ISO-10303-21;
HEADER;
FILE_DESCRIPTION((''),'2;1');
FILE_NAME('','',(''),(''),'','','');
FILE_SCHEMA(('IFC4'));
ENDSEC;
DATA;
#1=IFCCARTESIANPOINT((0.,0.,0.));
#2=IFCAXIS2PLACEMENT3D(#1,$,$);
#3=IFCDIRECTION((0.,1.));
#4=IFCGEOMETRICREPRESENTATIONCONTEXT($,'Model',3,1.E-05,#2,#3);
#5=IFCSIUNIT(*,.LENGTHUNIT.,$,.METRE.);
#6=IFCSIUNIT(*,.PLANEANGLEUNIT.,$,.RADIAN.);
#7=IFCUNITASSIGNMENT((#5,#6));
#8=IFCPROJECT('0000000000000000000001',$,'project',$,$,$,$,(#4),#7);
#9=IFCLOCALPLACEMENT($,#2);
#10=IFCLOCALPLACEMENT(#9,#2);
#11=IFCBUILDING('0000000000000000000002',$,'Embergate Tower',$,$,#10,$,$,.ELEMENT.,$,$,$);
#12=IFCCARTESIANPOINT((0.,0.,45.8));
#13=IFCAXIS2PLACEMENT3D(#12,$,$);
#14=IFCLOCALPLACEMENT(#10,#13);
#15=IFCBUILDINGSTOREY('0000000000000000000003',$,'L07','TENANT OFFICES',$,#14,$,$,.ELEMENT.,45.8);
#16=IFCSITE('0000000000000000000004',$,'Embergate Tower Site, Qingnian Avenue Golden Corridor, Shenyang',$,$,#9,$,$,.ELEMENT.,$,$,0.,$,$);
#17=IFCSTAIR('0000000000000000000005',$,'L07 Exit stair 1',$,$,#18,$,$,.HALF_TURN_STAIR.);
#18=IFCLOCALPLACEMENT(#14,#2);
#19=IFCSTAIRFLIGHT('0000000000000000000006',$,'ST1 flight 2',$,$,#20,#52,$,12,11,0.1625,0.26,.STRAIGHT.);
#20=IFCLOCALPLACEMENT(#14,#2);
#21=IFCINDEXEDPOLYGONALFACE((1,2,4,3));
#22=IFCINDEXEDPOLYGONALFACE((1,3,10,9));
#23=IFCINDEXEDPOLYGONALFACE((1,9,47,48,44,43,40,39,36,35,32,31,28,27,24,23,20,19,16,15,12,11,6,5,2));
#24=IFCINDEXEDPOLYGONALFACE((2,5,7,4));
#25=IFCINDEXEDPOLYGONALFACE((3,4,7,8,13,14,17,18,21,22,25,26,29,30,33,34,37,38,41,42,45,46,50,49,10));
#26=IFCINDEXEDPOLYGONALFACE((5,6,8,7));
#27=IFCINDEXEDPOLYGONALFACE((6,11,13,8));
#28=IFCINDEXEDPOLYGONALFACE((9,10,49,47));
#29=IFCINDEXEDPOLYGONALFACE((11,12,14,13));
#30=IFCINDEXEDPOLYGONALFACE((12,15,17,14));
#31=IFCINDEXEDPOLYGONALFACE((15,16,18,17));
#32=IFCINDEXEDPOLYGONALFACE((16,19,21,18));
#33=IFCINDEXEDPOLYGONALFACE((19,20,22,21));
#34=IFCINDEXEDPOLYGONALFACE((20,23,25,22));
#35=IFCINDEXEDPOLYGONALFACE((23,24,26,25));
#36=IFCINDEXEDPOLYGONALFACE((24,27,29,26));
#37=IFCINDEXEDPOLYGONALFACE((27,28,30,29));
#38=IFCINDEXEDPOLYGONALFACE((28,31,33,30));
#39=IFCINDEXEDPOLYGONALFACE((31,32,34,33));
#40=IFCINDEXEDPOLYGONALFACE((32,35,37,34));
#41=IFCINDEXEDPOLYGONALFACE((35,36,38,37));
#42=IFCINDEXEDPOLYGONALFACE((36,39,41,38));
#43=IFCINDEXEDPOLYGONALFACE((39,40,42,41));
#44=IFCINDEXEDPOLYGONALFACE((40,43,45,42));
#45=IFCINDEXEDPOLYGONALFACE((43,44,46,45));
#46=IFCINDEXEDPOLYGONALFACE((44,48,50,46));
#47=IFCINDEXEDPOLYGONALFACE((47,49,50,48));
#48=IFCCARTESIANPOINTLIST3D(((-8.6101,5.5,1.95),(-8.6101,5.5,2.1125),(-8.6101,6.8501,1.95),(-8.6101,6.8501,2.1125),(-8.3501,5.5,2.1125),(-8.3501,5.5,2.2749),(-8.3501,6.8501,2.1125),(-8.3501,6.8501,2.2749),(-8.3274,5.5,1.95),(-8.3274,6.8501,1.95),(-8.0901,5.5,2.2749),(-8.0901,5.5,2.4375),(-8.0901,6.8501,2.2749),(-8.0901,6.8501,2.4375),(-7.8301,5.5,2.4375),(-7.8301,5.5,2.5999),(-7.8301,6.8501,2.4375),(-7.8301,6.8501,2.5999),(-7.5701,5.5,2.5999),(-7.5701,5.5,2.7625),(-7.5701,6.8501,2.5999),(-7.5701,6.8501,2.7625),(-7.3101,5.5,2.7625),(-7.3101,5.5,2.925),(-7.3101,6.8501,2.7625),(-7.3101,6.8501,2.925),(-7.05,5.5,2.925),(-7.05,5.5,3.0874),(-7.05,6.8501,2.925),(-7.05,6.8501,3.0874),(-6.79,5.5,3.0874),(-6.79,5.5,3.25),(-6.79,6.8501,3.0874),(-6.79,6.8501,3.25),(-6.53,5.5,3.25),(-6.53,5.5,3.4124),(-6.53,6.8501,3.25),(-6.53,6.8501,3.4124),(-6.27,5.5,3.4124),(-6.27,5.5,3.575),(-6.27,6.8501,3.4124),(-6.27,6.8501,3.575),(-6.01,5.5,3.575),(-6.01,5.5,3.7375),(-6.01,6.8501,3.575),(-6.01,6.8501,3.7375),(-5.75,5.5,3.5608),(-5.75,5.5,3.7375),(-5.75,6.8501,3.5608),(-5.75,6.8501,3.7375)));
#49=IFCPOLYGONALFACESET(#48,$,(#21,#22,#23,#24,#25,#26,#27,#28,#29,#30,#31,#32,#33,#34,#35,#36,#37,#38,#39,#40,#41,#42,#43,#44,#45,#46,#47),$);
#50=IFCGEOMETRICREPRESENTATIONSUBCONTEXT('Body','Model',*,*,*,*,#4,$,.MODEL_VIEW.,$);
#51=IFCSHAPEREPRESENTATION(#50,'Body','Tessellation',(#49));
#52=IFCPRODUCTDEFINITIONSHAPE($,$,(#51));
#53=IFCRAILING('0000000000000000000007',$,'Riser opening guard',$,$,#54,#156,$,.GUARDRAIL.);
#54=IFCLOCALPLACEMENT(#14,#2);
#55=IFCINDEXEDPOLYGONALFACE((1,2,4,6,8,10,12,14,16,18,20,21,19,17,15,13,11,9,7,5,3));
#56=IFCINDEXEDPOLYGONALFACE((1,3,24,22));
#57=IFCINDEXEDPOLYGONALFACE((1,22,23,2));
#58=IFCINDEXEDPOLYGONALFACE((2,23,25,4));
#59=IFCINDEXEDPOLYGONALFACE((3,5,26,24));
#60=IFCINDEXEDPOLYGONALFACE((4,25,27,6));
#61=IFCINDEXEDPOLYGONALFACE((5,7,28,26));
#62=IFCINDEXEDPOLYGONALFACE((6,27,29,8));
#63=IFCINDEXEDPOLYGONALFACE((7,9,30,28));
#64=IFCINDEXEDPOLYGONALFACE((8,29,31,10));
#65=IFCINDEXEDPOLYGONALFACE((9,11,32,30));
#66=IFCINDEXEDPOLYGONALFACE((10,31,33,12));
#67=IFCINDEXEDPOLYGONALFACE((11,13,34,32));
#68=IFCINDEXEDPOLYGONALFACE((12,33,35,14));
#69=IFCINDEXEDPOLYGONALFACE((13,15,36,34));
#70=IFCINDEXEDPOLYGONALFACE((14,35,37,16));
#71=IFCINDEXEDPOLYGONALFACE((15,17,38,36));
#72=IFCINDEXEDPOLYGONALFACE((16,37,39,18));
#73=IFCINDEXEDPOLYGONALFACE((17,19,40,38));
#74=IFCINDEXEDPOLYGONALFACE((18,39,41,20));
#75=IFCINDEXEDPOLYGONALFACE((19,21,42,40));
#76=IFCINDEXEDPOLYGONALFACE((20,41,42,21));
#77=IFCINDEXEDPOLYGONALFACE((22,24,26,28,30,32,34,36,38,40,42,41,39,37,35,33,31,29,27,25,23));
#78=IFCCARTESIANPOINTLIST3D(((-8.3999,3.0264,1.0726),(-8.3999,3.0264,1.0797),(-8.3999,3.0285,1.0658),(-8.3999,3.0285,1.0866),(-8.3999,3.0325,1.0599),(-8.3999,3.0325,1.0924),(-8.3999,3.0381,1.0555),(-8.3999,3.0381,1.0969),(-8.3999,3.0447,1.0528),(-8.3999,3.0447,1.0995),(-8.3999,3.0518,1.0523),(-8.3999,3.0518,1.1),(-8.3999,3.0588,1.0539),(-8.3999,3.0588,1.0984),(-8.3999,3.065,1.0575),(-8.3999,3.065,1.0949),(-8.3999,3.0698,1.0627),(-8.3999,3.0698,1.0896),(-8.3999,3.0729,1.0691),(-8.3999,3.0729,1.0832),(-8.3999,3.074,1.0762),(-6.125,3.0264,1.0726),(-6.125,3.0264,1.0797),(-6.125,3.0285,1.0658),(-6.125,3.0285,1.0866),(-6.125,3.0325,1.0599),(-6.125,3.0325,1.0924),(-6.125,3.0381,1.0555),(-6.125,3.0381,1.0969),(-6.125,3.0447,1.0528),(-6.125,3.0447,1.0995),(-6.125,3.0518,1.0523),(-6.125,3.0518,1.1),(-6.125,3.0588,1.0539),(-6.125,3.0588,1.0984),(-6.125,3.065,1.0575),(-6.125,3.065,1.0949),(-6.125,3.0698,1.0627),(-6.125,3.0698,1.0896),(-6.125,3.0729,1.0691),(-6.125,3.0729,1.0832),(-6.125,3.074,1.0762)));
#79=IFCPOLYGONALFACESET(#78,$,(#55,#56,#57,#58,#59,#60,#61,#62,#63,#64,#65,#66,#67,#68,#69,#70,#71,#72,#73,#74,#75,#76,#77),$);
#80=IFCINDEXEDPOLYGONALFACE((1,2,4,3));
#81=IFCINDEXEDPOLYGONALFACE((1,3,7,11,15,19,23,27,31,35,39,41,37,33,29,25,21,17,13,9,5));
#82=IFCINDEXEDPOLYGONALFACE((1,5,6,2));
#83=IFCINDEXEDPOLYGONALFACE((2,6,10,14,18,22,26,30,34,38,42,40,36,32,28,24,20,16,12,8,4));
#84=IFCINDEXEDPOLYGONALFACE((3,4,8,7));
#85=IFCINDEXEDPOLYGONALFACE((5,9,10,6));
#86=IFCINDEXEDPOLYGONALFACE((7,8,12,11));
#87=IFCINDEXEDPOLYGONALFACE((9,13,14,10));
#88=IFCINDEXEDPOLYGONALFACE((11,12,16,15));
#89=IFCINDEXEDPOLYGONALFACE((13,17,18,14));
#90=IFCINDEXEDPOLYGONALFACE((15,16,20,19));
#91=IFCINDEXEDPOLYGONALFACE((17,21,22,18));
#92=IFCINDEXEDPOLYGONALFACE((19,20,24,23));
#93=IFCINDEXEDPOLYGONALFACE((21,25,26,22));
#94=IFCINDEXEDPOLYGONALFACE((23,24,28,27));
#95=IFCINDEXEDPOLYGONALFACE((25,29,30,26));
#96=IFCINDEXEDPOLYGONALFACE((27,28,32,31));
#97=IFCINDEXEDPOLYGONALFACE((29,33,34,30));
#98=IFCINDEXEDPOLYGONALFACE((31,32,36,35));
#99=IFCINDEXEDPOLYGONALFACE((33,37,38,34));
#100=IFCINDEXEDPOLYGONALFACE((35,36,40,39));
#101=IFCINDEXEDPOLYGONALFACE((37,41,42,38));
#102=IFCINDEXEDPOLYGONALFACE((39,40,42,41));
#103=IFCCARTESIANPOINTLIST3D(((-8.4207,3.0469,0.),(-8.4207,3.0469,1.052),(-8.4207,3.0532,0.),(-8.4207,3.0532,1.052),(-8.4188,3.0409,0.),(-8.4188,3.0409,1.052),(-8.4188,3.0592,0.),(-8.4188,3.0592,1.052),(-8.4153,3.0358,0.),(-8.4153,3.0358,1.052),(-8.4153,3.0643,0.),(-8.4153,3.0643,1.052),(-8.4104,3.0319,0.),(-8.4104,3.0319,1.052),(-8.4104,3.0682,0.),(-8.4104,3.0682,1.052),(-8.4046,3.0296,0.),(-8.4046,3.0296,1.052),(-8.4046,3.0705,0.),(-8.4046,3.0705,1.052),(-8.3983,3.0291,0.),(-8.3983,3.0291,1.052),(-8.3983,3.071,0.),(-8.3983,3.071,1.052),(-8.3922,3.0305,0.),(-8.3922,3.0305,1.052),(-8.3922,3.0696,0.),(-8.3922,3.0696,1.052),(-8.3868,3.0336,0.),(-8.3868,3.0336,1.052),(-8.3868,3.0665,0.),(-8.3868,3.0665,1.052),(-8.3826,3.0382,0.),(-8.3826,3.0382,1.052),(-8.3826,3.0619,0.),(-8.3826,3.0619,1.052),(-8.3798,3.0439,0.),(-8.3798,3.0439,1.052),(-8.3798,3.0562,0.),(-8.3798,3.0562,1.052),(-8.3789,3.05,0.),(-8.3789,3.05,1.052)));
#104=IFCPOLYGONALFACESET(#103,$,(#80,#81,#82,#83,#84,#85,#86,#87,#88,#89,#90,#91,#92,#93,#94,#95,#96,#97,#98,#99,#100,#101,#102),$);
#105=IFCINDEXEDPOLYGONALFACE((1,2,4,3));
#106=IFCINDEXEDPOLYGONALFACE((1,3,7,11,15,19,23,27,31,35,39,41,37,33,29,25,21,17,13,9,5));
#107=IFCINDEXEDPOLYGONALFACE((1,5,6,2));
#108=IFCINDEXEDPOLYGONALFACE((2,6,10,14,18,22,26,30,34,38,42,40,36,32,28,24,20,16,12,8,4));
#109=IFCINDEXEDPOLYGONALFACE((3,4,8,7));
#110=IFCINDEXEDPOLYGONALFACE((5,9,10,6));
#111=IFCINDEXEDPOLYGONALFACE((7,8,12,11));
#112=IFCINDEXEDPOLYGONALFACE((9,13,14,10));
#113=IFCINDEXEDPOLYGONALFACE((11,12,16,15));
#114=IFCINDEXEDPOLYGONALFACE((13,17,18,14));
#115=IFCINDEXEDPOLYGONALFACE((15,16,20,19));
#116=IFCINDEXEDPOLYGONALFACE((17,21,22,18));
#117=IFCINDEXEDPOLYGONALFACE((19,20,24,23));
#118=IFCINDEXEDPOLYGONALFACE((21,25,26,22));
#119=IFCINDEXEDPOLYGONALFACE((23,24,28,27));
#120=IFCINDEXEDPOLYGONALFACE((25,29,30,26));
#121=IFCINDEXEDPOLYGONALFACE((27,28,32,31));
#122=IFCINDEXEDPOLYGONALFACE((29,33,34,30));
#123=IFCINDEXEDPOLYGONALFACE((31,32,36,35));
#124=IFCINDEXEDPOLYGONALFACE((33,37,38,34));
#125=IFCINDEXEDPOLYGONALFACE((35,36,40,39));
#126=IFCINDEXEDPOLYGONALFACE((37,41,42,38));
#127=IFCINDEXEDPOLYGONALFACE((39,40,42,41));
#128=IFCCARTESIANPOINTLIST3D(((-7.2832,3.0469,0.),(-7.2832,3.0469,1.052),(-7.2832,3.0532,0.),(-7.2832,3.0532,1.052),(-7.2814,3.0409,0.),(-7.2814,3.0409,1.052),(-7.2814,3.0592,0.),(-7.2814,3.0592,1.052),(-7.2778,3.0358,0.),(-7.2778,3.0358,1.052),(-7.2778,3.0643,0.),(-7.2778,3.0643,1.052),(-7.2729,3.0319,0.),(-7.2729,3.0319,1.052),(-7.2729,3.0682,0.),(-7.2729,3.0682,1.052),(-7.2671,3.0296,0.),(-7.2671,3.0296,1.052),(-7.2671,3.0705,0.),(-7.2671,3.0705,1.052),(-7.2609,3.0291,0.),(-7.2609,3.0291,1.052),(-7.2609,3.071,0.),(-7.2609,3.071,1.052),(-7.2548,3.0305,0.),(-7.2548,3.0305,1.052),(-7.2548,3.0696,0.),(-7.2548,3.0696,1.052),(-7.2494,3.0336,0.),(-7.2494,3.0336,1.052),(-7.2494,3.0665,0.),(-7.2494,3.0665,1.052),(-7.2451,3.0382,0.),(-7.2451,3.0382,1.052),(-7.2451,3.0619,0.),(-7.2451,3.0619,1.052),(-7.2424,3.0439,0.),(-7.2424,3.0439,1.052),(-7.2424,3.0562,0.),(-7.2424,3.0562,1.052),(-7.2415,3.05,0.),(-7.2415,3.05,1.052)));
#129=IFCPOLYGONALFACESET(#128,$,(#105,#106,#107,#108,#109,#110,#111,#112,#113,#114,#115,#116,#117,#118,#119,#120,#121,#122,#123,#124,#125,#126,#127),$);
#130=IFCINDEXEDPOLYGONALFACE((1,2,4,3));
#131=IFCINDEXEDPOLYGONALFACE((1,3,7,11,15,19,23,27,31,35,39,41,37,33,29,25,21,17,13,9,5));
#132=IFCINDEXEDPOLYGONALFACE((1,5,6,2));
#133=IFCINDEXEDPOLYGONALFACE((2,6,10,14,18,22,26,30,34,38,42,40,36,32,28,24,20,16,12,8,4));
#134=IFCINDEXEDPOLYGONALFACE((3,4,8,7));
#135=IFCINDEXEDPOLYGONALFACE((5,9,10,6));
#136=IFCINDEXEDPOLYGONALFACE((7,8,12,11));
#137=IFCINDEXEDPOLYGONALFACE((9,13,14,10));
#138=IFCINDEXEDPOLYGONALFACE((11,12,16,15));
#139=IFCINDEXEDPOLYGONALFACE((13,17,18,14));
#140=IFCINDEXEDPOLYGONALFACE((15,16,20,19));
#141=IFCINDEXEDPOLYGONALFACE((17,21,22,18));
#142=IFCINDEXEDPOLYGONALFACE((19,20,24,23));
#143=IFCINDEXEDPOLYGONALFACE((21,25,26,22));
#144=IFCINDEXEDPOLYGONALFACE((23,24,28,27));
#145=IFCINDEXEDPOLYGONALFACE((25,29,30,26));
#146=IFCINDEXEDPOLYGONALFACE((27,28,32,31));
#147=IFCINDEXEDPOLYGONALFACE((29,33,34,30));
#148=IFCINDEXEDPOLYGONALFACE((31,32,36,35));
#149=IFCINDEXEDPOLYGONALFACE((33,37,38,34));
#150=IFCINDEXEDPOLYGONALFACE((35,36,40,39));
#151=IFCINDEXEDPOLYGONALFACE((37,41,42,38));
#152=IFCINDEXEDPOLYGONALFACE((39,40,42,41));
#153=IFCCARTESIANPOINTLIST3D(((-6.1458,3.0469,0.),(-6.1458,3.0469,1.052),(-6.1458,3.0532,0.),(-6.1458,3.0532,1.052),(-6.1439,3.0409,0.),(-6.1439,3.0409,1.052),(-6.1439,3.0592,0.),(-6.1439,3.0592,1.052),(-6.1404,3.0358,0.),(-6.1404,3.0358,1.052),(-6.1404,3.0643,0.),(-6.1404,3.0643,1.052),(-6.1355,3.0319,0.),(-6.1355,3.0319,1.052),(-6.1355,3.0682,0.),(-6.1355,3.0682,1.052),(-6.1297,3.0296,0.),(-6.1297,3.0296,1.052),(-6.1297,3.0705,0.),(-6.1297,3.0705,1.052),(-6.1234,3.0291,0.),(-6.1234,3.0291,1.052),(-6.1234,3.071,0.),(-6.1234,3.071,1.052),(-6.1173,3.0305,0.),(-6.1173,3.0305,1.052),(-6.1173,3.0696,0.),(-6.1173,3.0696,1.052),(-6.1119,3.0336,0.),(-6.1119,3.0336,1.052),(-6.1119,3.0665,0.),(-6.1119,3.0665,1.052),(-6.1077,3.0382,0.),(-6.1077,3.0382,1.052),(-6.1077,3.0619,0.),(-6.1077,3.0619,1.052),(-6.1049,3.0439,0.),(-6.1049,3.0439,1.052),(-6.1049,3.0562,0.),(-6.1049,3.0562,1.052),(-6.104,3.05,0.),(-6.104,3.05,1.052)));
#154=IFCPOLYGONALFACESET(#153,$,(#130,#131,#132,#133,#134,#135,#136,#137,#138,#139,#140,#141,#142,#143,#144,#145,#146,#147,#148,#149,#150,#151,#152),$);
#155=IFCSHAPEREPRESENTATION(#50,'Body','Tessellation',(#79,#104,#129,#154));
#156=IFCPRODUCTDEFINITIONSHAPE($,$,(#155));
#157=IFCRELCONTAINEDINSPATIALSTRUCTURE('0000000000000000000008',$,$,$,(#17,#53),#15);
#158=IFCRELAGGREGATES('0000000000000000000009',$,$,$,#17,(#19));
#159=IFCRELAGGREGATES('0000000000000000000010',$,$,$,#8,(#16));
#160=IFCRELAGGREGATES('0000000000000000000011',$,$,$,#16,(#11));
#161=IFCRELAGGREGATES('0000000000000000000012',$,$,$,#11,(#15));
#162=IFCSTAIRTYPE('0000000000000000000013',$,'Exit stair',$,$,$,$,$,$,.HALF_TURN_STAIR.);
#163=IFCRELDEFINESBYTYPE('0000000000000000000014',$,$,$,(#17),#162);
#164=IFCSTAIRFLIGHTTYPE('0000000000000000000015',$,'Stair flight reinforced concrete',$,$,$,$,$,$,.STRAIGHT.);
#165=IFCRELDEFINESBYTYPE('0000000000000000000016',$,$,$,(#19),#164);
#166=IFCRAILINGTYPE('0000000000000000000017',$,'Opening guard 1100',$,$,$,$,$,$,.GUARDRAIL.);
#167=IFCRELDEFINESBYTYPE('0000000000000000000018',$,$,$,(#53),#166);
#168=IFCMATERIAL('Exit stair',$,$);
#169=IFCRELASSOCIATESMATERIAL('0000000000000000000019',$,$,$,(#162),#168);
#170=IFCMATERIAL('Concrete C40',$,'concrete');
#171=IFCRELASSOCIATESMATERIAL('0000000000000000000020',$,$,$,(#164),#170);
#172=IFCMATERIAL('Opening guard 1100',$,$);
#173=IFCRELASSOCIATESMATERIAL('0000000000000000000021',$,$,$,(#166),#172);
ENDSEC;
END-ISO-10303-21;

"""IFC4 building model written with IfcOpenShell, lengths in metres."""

from ifc_helpers import new_model, si_unit, direction, frame, origin, origin_2d, place, context, subcontext, project, spatial, polyline, circle, outline, extrude, source, transform, mapped, material, type_object, element, aggregate, save


model = new_model("IFC4")

# Units and contexts
model_context = context("Model", 3, precision=1e-05, world=origin(), true_north=direction((0.0, 1.0)))
body_context = subcontext(model_context, "Body", "Model", "MODEL_VIEW")
ifc_project = project(units=[si_unit("LENGTHUNIT", "METRE"), si_unit("PLANEANGLEUNIT", "RADIAN")], contexts=[model_context])

# Site, building, storey
site_placement = place(None, origin())
site = spatial("IfcSite", under=ifc_project, at=site_placement, Name="Embergate Tower Site, Qingnian Avenue Golden Corridor, Shenyang", CompositionType="ELEMENT", RefElevation=0.0)
building_placement = place(site_placement, origin())
building = spatial("IfcBuilding", under=site, at=building_placement, Name="Embergate Tower", CompositionType="ELEMENT")
storey_placement = place(building_placement, frame((0.0, 0.0, 45.8)))
storey = spatial("IfcBuildingStorey", under=building, at=storey_placement, Name="L07", Description="TENANT OFFICES", CompositionType="ELEMENT", Elevation=45.8)

# Stair
ifc_material_1 = material(Name="Exit stair")
stair_type = type_object("IfcStairType", Name="Exit stair", PredefinedType="HALF_TURN_STAIR", material=ifc_material_1)
stair_placement = place(storey_placement, origin())
stair = element("IfcStair", 1, at=stair_placement, inside=storey, type_object=stair_type, Name="L07 Exit stair 1", PredefinedType="HALF_TURN_STAIR")
ifc_material_2 = material(Name="Concrete C40", Category="concrete")

# Stair flight
stair_flight_type = type_object("IfcStairFlightType", Name="Stair flight reinforced concrete", PredefinedType="STRAIGHT", material=ifc_material_2)
shared_shape_1 = source(origin(), body_context, "Body", "SweptSolid", [
    extrude(outline(polyline([(0.0, 0.0), (0.0, 0.1626), (0.26, 0.1626), (0.26, 0.325), (0.52, 0.325), (0.52, 0.4875), (0.78, 0.4875), (0.78, 0.6499), (1.04, 0.6499), (1.04, 0.8125), (1.3, 0.8125), (1.3, 0.9751), (1.5601, 0.9751), (1.5601, 1.1375), (1.8201, 1.1375), (1.8201, 1.3), (2.0801, 1.3), (2.0801, 1.4624), (2.3401, 1.4624), (2.3401, 1.625), (2.6001, 1.625), (2.6001, 1.7876), (2.8601, 1.7876), (2.8601, 1.95), (2.8601, 1.6108), (0.2827, 0.0), (0.0, 0.0)])), frame((0.0, 0.675, 0.0), z_axis=(0.0, -1.0, 0.0), x_axis=(1.0, 0.0, 0.0)), (0.0, 0.0, 1.0), 1.3501),
])
stair_flight_placement = place(storey_placement, frame((-8.6101, 6.175, 1.95), z_axis=(0.0, 0.0, 1.0), x_axis=(1.0, 0.0, 0.0)))
stair_flight = element("IfcStairFlight", 2, at=stair_flight_placement, type_object=stair_flight_type, Name="ST1 flight 2", NumberOfRisers=12, NumberOfTreads=11, PredefinedType="STRAIGHT", RiserHeight=0.1625, TreadLength=0.26, context=body_context, shape_type="MappedRepresentation", body=[
    mapped(shared_shape_1, transform((0.0, 0.0, 0.0))),
])
aggregate(stair, [stair_flight])

# Railing
ifc_material_3 = material(Name="Opening guard 1100")
railing_type = type_object("IfcRailingType", Name="Opening guard 1100", PredefinedType="GUARDRAIL", material=ifc_material_3)
shared_shape_2 = source(origin(), body_context, "Body", "SweptSolid", [
    extrude(circle(Radius=0.0239, at=origin_2d()), frame((0.0, 0.0, 1.0762), z_axis=(1.0, 0.0, 0.0), x_axis=(0.0, 1.0, 0.0)), (0.0, 0.0, 1.0), 2.2749),
    extrude(circle(Radius=0.021, at=origin_2d()), origin(), (0.0, 0.0, 1.0), 1.052),
    extrude(circle(Radius=0.021, at=origin_2d()), frame((1.1375, 0.0, 0.0)), (0.0, 0.0, 1.0), 1.052),
    extrude(circle(Radius=0.021, at=origin_2d()), frame((2.2749, 0.0, 0.0)), (0.0, 0.0, 1.0), 1.052),
])
railing_placement = place(storey_placement, frame((-8.3999, 3.05, 0.0)))
element("IfcRailing", 3, at=railing_placement, inside=storey, type_object=railing_type, Name="Riser opening guard", PredefinedType="GUARDRAIL", context=body_context, shape_type="MappedRepresentation", body=[
    mapped(shared_shape_2, transform((0.0, 0.0, 0.0))),
])

save(model, "model.ifc")
